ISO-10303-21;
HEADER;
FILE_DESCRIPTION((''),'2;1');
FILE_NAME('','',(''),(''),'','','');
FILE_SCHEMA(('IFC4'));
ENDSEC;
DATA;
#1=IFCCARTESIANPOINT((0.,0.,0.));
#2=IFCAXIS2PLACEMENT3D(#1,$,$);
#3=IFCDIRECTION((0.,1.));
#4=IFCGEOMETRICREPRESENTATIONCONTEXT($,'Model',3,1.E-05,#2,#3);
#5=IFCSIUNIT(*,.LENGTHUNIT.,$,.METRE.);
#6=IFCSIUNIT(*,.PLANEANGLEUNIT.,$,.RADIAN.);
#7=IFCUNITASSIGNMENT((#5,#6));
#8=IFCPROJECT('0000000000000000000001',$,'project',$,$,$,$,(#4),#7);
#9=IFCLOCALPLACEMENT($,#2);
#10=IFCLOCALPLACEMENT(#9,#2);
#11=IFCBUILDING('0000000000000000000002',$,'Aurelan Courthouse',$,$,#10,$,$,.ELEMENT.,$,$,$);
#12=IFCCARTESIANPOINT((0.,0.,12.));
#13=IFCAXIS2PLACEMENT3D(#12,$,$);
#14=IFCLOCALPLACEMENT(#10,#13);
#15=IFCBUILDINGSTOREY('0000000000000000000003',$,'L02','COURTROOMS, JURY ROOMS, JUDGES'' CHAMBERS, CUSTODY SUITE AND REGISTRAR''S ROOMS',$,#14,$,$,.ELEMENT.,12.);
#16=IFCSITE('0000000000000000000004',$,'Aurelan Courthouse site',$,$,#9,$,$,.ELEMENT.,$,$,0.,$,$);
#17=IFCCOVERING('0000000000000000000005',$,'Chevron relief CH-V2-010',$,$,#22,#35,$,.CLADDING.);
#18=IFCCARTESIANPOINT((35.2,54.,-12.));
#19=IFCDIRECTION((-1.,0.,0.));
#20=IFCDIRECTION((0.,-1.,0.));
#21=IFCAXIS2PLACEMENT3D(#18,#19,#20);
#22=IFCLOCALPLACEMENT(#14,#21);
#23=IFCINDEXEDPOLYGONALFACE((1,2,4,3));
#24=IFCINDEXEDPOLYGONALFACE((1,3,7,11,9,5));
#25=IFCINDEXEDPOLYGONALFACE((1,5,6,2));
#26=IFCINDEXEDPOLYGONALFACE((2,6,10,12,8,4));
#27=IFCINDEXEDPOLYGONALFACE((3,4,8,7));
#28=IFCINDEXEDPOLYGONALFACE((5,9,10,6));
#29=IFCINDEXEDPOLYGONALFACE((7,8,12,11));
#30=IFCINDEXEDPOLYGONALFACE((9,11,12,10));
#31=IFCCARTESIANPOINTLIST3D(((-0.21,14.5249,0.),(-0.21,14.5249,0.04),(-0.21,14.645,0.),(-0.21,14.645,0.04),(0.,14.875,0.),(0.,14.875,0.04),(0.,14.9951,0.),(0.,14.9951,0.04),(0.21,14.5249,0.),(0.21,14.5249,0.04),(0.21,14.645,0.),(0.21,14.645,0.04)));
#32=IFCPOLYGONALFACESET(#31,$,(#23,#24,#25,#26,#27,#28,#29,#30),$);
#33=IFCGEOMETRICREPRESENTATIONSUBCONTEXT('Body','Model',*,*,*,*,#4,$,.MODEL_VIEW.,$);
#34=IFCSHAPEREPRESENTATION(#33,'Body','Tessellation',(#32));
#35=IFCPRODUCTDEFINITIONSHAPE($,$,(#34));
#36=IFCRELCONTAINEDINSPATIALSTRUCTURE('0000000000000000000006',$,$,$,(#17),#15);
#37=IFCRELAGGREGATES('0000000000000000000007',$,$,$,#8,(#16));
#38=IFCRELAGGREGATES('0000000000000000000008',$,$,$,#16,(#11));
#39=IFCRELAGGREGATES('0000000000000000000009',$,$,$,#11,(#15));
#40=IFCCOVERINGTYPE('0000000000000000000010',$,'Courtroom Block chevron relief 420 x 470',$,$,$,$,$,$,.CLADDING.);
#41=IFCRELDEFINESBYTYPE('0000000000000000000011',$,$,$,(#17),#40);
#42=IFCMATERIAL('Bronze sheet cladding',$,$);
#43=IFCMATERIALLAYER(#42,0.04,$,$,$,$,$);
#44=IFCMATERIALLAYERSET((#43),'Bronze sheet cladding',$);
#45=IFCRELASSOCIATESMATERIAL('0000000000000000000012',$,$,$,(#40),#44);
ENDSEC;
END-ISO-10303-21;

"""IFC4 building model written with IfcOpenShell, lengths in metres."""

from ifc_helpers import new_model, si_unit, direction, frame, origin, place, context, subcontext, project, spatial, polyline, outline, extrude, material, layer, layer_set, type_object, element, save


model = new_model("IFC4")

# Units and contexts
model_context = context("Model", 3, precision=1e-05, world=origin(), true_north=direction((0.0, 1.0)))
body_context = subcontext(model_context, "Body", "Model", "MODEL_VIEW")
ifc_project = project(units=[si_unit("LENGTHUNIT", "METRE"), si_unit("PLANEANGLEUNIT", "RADIAN")], contexts=[model_context])

# Site, building, storey
site_placement = place(None, origin())
site = spatial("IfcSite", under=ifc_project, at=site_placement, Name="Aurelan Courthouse site", CompositionType="ELEMENT", RefElevation=0.0)
building_placement = place(site_placement, origin())
building = spatial("IfcBuilding", under=site, at=building_placement, Name="Aurelan Courthouse", CompositionType="ELEMENT")
storey_placement = place(building_placement, frame((0.0, 0.0, 12.0)))
storey = spatial("IfcBuildingStorey", under=building, at=storey_placement, Name="L02", Description="COURTROOMS, JURY ROOMS, JUDGES' CHAMBERS, CUSTODY SUITE AND REGISTRAR'S ROOMS", CompositionType="ELEMENT", Elevation=12.0)

# Covering
ifc_material_1 = material(Name="Bronze sheet cladding")
ifc_layer_1 = layer(ifc_material_1, 0.04)
ifc_layer_set_1 = layer_set([ifc_layer_1], Name="Bronze sheet cladding")
covering_type_1 = type_object("IfcCoveringType", Name="Courtroom Block chevron relief 420 x 470", PredefinedType="CLADDING", material=ifc_layer_set_1)
covering_1_placement = place(storey_placement, frame((35.2, 54.0, -12.0), z_axis=(-1.0, 0.0, 0.0), x_axis=(0.0, -1.0, 0.0)))
element("IfcCovering", 1, at=covering_1_placement, inside=storey, type_object=covering_type_1, Name="Chevron relief CH-V2-010", PredefinedType="CLADDING", context=body_context, shape_type="SweptSolid", body=[
    extrude(outline(polyline([(-0.21, 14.5249), (0.0, 14.875), (0.21, 14.5249), (0.21, 14.645), (0.0, 14.9951), (-0.21, 14.645), (-0.21, 14.5249)])), origin(), (0.0, 0.0, 1.0), 0.04),
])

save(model, "model.ifc")
